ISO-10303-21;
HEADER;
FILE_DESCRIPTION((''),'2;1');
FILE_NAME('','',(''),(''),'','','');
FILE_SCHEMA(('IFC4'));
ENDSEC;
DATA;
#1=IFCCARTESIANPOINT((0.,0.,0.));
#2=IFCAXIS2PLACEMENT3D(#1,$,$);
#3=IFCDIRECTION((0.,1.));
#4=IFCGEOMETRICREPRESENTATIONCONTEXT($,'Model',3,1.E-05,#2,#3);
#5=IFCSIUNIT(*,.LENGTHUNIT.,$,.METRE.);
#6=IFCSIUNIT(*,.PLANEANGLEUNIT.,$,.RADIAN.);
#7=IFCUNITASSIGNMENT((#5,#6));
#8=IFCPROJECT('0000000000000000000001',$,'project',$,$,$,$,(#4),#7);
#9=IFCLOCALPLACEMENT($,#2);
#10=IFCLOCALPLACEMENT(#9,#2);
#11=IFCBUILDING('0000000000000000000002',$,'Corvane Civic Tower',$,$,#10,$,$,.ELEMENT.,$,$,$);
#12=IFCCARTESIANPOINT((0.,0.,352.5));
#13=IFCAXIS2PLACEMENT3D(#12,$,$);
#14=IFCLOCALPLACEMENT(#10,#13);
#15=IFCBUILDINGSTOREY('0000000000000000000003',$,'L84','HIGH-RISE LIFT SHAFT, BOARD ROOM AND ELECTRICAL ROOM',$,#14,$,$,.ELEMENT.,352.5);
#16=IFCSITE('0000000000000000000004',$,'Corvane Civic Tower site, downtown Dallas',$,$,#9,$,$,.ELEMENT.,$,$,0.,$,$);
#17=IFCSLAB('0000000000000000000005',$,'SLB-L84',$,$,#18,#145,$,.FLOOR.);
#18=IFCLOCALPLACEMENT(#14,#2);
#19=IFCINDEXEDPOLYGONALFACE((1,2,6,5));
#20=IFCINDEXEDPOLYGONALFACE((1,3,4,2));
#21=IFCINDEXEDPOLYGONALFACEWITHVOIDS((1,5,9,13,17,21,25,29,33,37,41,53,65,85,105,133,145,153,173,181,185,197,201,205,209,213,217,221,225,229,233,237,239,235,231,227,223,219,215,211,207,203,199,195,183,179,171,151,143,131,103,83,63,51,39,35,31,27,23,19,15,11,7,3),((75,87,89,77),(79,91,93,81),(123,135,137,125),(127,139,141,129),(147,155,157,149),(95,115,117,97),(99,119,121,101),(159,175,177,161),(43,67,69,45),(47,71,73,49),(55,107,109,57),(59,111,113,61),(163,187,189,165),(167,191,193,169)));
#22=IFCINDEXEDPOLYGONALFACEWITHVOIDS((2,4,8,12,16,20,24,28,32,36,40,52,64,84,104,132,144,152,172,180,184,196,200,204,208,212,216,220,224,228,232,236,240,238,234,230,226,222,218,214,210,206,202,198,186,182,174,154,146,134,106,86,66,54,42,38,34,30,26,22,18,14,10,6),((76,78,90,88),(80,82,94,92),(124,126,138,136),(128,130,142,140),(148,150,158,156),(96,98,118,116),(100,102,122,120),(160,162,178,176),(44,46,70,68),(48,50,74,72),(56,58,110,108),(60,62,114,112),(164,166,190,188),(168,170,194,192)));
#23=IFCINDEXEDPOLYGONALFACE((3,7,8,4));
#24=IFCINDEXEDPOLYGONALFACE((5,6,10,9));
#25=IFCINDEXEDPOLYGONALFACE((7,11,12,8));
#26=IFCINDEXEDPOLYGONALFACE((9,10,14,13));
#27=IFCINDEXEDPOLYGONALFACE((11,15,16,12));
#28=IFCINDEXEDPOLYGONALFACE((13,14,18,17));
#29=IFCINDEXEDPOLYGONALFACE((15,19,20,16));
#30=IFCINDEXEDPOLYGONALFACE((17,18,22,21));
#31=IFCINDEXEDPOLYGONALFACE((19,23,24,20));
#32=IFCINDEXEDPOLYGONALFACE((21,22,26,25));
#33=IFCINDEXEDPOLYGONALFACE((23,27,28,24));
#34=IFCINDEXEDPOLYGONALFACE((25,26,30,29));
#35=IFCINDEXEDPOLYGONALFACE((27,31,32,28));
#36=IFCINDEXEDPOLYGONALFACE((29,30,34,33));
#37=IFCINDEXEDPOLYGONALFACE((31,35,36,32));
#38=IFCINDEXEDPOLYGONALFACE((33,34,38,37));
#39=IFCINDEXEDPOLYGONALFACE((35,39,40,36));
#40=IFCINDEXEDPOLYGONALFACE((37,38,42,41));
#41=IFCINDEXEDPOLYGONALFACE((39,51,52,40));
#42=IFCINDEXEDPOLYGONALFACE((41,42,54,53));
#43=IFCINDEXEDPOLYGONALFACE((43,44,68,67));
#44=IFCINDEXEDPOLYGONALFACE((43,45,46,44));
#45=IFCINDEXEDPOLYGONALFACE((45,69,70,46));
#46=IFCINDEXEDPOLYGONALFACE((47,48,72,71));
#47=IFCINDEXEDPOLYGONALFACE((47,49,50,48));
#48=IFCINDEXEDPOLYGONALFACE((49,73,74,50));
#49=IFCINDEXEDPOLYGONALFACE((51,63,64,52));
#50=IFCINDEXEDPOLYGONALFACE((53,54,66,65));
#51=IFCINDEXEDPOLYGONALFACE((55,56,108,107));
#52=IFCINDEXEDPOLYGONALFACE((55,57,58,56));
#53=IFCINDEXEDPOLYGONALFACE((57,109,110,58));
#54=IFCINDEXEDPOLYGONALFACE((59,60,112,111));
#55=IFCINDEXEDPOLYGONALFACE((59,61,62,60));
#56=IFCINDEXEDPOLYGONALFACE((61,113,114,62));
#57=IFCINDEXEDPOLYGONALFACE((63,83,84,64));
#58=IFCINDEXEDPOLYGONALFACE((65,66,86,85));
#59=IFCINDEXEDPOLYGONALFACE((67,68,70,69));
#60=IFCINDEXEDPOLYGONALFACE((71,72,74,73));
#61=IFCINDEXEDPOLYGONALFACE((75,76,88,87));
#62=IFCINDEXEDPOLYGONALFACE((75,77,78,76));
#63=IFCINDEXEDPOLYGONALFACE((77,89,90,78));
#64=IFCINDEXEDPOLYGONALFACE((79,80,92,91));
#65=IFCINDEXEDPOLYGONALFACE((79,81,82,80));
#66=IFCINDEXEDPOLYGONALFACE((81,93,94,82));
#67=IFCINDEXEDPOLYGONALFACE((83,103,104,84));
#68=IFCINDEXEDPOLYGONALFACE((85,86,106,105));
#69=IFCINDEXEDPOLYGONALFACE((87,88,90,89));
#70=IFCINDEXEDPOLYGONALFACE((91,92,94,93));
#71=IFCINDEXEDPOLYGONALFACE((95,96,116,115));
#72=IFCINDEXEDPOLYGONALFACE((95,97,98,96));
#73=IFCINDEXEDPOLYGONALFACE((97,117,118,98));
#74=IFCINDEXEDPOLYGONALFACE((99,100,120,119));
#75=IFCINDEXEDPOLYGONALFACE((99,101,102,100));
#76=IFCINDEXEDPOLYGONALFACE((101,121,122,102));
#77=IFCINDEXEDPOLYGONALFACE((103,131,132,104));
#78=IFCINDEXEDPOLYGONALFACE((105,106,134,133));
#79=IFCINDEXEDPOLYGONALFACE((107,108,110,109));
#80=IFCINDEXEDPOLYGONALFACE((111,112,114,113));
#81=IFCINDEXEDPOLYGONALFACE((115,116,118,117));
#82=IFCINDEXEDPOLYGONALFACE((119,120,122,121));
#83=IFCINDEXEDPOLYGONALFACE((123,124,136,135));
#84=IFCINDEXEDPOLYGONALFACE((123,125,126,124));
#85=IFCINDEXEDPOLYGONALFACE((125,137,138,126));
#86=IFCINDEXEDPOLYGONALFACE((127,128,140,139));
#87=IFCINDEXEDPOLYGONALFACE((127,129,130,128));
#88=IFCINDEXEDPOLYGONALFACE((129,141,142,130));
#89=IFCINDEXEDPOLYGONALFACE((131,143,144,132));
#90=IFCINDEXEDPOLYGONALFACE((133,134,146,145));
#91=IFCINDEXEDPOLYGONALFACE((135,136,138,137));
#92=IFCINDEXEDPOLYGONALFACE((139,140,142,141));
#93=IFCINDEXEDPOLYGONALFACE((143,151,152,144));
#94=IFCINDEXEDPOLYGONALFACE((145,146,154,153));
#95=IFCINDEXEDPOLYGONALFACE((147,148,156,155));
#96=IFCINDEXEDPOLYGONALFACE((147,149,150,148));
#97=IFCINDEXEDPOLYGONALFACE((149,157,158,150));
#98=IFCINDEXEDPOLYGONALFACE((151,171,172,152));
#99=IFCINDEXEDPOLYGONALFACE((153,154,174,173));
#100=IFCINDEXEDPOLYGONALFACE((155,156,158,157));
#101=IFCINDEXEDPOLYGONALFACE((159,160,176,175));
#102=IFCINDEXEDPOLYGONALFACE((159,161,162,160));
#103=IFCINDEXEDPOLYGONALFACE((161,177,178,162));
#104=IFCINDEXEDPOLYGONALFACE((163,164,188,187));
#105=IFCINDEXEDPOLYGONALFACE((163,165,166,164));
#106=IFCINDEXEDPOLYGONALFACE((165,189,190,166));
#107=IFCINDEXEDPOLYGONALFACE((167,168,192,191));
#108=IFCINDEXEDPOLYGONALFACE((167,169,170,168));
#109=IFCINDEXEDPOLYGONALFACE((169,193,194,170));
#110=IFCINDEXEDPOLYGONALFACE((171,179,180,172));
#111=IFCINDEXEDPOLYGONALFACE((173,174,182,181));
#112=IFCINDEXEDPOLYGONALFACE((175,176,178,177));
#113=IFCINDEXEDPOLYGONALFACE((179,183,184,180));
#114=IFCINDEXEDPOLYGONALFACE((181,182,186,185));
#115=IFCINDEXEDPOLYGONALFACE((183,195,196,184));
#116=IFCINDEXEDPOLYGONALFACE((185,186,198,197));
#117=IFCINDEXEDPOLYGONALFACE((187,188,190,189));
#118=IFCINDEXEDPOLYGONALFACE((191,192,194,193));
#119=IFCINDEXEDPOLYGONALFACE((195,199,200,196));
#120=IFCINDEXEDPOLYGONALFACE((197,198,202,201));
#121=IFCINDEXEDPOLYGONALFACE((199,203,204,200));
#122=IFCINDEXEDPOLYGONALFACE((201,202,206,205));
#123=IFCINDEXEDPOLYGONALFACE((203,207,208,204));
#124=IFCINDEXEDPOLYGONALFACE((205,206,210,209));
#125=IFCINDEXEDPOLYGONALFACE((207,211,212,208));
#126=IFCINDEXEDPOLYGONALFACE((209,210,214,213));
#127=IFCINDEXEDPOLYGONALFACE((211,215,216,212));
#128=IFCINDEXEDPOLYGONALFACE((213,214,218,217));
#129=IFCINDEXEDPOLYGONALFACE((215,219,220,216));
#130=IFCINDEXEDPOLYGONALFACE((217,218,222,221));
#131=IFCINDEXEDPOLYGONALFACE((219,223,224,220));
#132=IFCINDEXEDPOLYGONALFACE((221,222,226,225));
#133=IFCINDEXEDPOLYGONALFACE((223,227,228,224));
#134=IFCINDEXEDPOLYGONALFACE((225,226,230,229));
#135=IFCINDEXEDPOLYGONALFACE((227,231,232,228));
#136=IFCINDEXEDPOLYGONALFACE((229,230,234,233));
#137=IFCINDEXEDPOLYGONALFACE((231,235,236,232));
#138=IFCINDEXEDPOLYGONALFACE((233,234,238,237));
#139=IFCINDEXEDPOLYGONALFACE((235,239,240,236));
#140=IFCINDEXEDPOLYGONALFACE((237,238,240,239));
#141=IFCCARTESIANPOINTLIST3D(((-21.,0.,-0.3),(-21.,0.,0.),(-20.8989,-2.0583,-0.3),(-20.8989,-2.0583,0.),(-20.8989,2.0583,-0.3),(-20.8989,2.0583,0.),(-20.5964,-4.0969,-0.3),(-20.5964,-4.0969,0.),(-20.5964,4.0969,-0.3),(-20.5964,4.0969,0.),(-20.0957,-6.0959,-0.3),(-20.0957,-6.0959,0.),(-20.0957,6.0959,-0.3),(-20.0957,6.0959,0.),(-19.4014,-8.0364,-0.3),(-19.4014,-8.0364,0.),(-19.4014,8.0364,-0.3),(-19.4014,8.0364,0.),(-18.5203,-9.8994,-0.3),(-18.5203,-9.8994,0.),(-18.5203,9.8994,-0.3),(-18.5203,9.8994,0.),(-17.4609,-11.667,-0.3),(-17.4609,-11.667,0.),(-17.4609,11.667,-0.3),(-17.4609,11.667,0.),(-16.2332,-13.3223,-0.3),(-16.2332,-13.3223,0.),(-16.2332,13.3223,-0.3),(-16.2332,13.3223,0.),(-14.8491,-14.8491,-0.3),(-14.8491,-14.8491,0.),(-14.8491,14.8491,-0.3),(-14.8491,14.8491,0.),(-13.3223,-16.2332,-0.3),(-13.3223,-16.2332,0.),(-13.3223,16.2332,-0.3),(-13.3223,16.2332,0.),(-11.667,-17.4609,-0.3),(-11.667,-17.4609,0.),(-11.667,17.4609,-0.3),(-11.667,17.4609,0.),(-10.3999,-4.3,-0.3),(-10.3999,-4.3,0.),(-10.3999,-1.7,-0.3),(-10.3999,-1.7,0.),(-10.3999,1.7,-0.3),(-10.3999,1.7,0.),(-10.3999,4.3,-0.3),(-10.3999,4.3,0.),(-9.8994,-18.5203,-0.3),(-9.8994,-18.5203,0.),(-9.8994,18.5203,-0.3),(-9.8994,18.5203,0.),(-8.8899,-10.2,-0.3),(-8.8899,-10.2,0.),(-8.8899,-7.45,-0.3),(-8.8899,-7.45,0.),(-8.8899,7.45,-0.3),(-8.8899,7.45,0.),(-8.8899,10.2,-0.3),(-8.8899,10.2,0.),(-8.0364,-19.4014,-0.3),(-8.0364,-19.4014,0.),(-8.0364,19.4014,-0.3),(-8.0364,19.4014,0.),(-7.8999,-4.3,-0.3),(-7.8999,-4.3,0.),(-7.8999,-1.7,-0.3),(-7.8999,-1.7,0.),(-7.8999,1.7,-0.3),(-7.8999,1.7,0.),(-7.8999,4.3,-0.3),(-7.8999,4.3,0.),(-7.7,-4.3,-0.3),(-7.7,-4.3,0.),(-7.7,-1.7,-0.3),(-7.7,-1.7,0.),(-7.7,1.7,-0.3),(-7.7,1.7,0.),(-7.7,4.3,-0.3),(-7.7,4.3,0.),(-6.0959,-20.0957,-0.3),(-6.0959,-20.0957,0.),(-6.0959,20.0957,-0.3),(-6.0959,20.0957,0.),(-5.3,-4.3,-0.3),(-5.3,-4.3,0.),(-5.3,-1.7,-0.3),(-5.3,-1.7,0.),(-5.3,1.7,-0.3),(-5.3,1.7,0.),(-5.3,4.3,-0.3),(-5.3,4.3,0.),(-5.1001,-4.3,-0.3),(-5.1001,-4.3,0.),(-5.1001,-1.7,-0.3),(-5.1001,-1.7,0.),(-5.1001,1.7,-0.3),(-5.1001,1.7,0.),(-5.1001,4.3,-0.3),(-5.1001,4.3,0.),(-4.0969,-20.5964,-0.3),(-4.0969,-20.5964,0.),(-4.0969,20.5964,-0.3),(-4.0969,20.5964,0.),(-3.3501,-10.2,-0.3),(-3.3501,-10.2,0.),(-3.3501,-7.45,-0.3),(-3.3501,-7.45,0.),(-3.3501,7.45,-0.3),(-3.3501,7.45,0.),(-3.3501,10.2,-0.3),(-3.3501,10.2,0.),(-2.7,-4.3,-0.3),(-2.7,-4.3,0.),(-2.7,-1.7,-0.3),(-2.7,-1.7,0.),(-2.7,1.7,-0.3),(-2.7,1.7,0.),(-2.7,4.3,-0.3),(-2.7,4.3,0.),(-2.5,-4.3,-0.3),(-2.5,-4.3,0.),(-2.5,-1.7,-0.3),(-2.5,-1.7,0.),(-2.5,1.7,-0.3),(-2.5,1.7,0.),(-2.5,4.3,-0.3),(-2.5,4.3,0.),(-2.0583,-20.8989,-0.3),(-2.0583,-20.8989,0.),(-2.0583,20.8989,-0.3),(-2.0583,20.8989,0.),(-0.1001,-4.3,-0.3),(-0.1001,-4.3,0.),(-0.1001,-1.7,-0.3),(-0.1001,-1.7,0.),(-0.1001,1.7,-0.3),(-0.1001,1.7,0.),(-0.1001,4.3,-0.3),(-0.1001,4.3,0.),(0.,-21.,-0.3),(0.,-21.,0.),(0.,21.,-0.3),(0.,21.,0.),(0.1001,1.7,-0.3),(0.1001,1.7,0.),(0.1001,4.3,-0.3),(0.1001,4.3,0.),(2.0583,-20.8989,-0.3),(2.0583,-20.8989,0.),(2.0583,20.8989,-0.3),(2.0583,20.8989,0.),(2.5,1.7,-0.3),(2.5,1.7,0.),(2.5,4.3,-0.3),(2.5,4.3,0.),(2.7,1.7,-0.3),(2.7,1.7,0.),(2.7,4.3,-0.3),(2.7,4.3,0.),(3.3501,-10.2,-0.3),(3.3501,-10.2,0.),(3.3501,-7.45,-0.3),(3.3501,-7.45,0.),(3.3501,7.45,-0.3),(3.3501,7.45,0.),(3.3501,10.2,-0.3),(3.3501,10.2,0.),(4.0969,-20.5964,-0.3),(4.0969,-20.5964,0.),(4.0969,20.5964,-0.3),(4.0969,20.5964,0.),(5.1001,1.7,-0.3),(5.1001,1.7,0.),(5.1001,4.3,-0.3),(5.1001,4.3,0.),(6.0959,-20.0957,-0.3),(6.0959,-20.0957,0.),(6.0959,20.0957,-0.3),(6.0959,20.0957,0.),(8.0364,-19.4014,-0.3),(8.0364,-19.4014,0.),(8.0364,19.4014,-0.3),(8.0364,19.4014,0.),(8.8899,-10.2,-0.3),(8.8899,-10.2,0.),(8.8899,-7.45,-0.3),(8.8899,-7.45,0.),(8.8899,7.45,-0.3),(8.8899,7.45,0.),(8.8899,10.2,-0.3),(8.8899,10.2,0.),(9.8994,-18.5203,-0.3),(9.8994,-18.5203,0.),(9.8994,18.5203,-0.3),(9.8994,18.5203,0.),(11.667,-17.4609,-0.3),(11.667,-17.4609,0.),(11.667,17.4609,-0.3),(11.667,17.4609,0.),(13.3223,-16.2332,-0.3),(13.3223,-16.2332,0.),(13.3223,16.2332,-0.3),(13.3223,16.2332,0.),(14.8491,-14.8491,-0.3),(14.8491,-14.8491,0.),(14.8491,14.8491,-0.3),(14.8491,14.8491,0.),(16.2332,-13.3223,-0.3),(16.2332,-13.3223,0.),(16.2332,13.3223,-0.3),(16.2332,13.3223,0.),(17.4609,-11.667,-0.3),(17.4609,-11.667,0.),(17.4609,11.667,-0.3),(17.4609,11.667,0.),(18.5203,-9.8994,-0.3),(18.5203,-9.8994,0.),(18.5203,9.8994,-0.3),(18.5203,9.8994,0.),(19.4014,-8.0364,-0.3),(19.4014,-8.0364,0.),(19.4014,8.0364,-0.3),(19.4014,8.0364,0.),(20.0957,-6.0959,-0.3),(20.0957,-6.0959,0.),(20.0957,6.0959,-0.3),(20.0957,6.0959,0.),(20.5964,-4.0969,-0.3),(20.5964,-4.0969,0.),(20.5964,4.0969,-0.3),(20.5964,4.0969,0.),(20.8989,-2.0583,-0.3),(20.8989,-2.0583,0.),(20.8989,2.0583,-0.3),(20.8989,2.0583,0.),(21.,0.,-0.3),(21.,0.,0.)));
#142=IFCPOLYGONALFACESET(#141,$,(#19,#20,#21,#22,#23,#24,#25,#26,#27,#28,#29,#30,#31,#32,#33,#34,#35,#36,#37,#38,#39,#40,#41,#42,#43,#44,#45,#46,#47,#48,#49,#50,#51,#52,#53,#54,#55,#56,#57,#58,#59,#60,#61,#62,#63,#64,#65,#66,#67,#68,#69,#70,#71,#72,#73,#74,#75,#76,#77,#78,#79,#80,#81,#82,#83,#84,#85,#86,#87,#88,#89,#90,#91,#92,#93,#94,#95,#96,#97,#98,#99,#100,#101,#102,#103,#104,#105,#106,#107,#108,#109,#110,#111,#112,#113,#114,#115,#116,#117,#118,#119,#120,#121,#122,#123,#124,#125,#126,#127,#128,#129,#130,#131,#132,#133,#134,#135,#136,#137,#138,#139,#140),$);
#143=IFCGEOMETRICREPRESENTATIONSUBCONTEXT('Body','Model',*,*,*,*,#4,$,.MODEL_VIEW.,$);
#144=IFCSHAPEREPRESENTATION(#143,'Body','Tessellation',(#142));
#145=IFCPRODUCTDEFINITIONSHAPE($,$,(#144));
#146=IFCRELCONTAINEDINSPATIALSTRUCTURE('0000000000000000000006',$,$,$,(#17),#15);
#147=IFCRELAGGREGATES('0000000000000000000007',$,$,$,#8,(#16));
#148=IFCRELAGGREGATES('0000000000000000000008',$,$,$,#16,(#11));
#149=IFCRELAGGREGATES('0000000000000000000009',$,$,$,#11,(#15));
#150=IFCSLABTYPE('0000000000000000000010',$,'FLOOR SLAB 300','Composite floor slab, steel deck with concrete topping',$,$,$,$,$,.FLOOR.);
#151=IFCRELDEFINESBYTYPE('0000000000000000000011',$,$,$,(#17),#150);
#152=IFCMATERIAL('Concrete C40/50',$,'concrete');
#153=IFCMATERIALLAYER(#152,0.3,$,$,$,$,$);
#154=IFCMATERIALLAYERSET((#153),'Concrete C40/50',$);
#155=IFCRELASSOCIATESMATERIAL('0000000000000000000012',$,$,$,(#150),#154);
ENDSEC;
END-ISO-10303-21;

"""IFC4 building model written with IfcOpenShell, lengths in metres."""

from ifc_helpers import new_model, si_unit, direction, frame, origin, place, context, subcontext, project, spatial, polyline, outline, extrude, material, layer, layer_set, type_object, element, save


model = new_model("IFC4")

# Units and contexts
model_context = context("Model", 3, precision=1e-05, world=origin(), true_north=direction((0.0, 1.0)))
body_context = subcontext(model_context, "Body", "Model", "MODEL_VIEW")
ifc_project = project(units=[si_unit("LENGTHUNIT", "METRE"), si_unit("PLANEANGLEUNIT", "RADIAN")], contexts=[model_context])

# Site, building, storey
site_placement = place(None, origin())
site = spatial("IfcSite", under=ifc_project, at=site_placement, Name="Corvane Civic Tower site, downtown Dallas", CompositionType="ELEMENT", RefElevation=0.0)
building_placement = place(site_placement, origin())
building = spatial("IfcBuilding", under=site, at=building_placement, Name="Corvane Civic Tower", CompositionType="ELEMENT")
storey_placement = place(building_placement, frame((0.0, 0.0, 352.5)))
storey = spatial("IfcBuildingStorey", under=building, at=storey_placement, Name="L84", Description="HIGH-RISE LIFT SHAFT, BOARD ROOM AND ELECTRICAL ROOM", CompositionType="ELEMENT", Elevation=352.5)

# Slab
ifc_material_1 = material(Name="Concrete C40/50", Category="concrete")
ifc_layer_1 = layer(ifc_material_1, 0.3)
ifc_layer_set_1 = layer_set([ifc_layer_1], Name="Concrete C40/50")
slab_type = type_object("IfcSlabType", Name="FLOOR SLAB 300", Description="Composite floor slab, steel deck with concrete topping", PredefinedType="FLOOR", material=ifc_layer_set_1)
slab_placement = place(storey_placement, frame((0.0, 0.0, -0.3)))
element("IfcSlab", 1, at=slab_placement, inside=storey, type_object=slab_type, Name="SLB-L84", PredefinedType="FLOOR", context=body_context, shape_type="SweptSolid", body=[
    extrude(outline(polyline([(0.0, 21.0), (-2.0583, 20.8989), (-4.0969, 20.5964), (-6.0959, 20.0957), (-8.0364, 19.4014), (-9.8994, 18.5203), (-11.667, 17.4609), (-13.3223, 16.2332), (-14.8491, 14.8491), (-16.2332, 13.3223), (-17.4609, 11.667), (-18.5203, 9.8994), (-19.4014, 8.0364), (-20.0957, 6.0959), (-20.5964, 4.0969), (-20.8989, 2.0583), (-21.0, 0.0), (-20.8989, -2.0583), (-20.5964, -4.0969), (-20.0957, -6.0959), (-19.4014, -8.0364), (-18.5203, -9.8994), (-17.4609, -11.667), (-16.2332, -13.3223), (-14.8491, -14.8491), (-13.3223, -16.2332), (-11.667, -17.4609), (-9.8994, -18.5203), (-8.0364, -19.4014), (-6.0959, -20.0957), (-4.0969, -20.5964), (-2.0583, -20.8989), (0.0, -21.0), (2.0583, -20.8989), (4.0969, -20.5964), (6.0959, -20.0957), (8.0364, -19.4014), (9.8994, -18.5203), (11.667, -17.4609), (13.3223, -16.2332), (14.8491, -14.8491), (16.2332, -13.3223), (17.4609, -11.667), (18.5203, -9.8994), (19.4014, -8.0364), (20.0957, -6.0959), (20.5964, -4.0969), (20.8989, -2.0583), (21.0, 0.0), (20.8989, 2.0583), (20.5964, 4.0969), (20.0957, 6.0959), (19.4014, 8.0364), (18.5203, 9.8994), (17.4609, 11.667), (16.2332, 13.3223), (14.8491, 14.8491), (13.3223, 16.2332), (11.667, 17.4609), (9.8994, 18.5203), (8.0364, 19.4014), (6.0959, 20.0957), (4.0969, 20.5964), (2.0583, 20.8989), (0.0, 21.0)]), holes=[polyline([(-10.3999, 4.3), (-7.8999, 4.3), (-7.8999, 1.7), (-10.3999, 1.7), (-10.3999, 4.3)]), polyline([(-7.7, 4.3), (-5.3, 4.3), (-5.3, 1.7), (-7.7, 1.7), (-7.7, 4.3)]), polyline([(-5.1001, 4.3), (-2.7, 4.3), (-2.7, 1.7), (-5.1001, 1.7), (-5.1001, 4.3)]), polyline([(-2.5, 4.3), (-0.1001, 4.3), (-0.1001, 1.7), (-2.5, 1.7), (-2.5, 4.3)]), polyline([(0.1001, 4.3), (2.5, 4.3), (2.5, 1.7), (0.1001, 1.7), (0.1001, 4.3)]), polyline([(2.7, 4.3), (5.1001, 4.3), (5.1001, 1.7), (2.7, 1.7), (2.7, 4.3)]), polyline([(-10.3999, -1.7), (-7.8999, -1.7), (-7.8999, -4.3), (-10.3999, -4.3), (-10.3999, -1.7)]), polyline([(-7.7, -4.3), (-7.7, -1.7), (-5.3, -1.7), (-5.3, -4.3), (-7.7, -4.3)]), polyline([(-5.1001, -4.3), (-5.1001, -1.7), (-2.7, -1.7), (-2.7, -4.3), (-5.1001, -4.3)]), polyline([(-0.1001, -1.7), (-0.1001, -4.3), (-2.5, -4.3), (-2.5, -1.7), (-0.1001, -1.7)]), polyline([(8.8899, 10.2), (8.8899, 7.45), (3.3501, 7.45), (3.3501, 10.2), (8.8899, 10.2)]), polyline([(-8.8899, 7.45), (-8.8899, 10.2), (-3.3501, 10.2), (-3.3501, 7.45), (-8.8899, 7.45)]), polyline([(8.8899, -7.45), (8.8899, -10.2), (3.3501, -10.2), (3.3501, -7.45), (8.8899, -7.45)]), polyline([(-8.8899, -10.2), (-8.8899, -7.45), (-3.3501, -7.45), (-3.3501, -10.2), (-8.8899, -10.2)])]), origin(), (0.0, 0.0, 1.0), 0.3),
])

save(model, "model.ifc")
